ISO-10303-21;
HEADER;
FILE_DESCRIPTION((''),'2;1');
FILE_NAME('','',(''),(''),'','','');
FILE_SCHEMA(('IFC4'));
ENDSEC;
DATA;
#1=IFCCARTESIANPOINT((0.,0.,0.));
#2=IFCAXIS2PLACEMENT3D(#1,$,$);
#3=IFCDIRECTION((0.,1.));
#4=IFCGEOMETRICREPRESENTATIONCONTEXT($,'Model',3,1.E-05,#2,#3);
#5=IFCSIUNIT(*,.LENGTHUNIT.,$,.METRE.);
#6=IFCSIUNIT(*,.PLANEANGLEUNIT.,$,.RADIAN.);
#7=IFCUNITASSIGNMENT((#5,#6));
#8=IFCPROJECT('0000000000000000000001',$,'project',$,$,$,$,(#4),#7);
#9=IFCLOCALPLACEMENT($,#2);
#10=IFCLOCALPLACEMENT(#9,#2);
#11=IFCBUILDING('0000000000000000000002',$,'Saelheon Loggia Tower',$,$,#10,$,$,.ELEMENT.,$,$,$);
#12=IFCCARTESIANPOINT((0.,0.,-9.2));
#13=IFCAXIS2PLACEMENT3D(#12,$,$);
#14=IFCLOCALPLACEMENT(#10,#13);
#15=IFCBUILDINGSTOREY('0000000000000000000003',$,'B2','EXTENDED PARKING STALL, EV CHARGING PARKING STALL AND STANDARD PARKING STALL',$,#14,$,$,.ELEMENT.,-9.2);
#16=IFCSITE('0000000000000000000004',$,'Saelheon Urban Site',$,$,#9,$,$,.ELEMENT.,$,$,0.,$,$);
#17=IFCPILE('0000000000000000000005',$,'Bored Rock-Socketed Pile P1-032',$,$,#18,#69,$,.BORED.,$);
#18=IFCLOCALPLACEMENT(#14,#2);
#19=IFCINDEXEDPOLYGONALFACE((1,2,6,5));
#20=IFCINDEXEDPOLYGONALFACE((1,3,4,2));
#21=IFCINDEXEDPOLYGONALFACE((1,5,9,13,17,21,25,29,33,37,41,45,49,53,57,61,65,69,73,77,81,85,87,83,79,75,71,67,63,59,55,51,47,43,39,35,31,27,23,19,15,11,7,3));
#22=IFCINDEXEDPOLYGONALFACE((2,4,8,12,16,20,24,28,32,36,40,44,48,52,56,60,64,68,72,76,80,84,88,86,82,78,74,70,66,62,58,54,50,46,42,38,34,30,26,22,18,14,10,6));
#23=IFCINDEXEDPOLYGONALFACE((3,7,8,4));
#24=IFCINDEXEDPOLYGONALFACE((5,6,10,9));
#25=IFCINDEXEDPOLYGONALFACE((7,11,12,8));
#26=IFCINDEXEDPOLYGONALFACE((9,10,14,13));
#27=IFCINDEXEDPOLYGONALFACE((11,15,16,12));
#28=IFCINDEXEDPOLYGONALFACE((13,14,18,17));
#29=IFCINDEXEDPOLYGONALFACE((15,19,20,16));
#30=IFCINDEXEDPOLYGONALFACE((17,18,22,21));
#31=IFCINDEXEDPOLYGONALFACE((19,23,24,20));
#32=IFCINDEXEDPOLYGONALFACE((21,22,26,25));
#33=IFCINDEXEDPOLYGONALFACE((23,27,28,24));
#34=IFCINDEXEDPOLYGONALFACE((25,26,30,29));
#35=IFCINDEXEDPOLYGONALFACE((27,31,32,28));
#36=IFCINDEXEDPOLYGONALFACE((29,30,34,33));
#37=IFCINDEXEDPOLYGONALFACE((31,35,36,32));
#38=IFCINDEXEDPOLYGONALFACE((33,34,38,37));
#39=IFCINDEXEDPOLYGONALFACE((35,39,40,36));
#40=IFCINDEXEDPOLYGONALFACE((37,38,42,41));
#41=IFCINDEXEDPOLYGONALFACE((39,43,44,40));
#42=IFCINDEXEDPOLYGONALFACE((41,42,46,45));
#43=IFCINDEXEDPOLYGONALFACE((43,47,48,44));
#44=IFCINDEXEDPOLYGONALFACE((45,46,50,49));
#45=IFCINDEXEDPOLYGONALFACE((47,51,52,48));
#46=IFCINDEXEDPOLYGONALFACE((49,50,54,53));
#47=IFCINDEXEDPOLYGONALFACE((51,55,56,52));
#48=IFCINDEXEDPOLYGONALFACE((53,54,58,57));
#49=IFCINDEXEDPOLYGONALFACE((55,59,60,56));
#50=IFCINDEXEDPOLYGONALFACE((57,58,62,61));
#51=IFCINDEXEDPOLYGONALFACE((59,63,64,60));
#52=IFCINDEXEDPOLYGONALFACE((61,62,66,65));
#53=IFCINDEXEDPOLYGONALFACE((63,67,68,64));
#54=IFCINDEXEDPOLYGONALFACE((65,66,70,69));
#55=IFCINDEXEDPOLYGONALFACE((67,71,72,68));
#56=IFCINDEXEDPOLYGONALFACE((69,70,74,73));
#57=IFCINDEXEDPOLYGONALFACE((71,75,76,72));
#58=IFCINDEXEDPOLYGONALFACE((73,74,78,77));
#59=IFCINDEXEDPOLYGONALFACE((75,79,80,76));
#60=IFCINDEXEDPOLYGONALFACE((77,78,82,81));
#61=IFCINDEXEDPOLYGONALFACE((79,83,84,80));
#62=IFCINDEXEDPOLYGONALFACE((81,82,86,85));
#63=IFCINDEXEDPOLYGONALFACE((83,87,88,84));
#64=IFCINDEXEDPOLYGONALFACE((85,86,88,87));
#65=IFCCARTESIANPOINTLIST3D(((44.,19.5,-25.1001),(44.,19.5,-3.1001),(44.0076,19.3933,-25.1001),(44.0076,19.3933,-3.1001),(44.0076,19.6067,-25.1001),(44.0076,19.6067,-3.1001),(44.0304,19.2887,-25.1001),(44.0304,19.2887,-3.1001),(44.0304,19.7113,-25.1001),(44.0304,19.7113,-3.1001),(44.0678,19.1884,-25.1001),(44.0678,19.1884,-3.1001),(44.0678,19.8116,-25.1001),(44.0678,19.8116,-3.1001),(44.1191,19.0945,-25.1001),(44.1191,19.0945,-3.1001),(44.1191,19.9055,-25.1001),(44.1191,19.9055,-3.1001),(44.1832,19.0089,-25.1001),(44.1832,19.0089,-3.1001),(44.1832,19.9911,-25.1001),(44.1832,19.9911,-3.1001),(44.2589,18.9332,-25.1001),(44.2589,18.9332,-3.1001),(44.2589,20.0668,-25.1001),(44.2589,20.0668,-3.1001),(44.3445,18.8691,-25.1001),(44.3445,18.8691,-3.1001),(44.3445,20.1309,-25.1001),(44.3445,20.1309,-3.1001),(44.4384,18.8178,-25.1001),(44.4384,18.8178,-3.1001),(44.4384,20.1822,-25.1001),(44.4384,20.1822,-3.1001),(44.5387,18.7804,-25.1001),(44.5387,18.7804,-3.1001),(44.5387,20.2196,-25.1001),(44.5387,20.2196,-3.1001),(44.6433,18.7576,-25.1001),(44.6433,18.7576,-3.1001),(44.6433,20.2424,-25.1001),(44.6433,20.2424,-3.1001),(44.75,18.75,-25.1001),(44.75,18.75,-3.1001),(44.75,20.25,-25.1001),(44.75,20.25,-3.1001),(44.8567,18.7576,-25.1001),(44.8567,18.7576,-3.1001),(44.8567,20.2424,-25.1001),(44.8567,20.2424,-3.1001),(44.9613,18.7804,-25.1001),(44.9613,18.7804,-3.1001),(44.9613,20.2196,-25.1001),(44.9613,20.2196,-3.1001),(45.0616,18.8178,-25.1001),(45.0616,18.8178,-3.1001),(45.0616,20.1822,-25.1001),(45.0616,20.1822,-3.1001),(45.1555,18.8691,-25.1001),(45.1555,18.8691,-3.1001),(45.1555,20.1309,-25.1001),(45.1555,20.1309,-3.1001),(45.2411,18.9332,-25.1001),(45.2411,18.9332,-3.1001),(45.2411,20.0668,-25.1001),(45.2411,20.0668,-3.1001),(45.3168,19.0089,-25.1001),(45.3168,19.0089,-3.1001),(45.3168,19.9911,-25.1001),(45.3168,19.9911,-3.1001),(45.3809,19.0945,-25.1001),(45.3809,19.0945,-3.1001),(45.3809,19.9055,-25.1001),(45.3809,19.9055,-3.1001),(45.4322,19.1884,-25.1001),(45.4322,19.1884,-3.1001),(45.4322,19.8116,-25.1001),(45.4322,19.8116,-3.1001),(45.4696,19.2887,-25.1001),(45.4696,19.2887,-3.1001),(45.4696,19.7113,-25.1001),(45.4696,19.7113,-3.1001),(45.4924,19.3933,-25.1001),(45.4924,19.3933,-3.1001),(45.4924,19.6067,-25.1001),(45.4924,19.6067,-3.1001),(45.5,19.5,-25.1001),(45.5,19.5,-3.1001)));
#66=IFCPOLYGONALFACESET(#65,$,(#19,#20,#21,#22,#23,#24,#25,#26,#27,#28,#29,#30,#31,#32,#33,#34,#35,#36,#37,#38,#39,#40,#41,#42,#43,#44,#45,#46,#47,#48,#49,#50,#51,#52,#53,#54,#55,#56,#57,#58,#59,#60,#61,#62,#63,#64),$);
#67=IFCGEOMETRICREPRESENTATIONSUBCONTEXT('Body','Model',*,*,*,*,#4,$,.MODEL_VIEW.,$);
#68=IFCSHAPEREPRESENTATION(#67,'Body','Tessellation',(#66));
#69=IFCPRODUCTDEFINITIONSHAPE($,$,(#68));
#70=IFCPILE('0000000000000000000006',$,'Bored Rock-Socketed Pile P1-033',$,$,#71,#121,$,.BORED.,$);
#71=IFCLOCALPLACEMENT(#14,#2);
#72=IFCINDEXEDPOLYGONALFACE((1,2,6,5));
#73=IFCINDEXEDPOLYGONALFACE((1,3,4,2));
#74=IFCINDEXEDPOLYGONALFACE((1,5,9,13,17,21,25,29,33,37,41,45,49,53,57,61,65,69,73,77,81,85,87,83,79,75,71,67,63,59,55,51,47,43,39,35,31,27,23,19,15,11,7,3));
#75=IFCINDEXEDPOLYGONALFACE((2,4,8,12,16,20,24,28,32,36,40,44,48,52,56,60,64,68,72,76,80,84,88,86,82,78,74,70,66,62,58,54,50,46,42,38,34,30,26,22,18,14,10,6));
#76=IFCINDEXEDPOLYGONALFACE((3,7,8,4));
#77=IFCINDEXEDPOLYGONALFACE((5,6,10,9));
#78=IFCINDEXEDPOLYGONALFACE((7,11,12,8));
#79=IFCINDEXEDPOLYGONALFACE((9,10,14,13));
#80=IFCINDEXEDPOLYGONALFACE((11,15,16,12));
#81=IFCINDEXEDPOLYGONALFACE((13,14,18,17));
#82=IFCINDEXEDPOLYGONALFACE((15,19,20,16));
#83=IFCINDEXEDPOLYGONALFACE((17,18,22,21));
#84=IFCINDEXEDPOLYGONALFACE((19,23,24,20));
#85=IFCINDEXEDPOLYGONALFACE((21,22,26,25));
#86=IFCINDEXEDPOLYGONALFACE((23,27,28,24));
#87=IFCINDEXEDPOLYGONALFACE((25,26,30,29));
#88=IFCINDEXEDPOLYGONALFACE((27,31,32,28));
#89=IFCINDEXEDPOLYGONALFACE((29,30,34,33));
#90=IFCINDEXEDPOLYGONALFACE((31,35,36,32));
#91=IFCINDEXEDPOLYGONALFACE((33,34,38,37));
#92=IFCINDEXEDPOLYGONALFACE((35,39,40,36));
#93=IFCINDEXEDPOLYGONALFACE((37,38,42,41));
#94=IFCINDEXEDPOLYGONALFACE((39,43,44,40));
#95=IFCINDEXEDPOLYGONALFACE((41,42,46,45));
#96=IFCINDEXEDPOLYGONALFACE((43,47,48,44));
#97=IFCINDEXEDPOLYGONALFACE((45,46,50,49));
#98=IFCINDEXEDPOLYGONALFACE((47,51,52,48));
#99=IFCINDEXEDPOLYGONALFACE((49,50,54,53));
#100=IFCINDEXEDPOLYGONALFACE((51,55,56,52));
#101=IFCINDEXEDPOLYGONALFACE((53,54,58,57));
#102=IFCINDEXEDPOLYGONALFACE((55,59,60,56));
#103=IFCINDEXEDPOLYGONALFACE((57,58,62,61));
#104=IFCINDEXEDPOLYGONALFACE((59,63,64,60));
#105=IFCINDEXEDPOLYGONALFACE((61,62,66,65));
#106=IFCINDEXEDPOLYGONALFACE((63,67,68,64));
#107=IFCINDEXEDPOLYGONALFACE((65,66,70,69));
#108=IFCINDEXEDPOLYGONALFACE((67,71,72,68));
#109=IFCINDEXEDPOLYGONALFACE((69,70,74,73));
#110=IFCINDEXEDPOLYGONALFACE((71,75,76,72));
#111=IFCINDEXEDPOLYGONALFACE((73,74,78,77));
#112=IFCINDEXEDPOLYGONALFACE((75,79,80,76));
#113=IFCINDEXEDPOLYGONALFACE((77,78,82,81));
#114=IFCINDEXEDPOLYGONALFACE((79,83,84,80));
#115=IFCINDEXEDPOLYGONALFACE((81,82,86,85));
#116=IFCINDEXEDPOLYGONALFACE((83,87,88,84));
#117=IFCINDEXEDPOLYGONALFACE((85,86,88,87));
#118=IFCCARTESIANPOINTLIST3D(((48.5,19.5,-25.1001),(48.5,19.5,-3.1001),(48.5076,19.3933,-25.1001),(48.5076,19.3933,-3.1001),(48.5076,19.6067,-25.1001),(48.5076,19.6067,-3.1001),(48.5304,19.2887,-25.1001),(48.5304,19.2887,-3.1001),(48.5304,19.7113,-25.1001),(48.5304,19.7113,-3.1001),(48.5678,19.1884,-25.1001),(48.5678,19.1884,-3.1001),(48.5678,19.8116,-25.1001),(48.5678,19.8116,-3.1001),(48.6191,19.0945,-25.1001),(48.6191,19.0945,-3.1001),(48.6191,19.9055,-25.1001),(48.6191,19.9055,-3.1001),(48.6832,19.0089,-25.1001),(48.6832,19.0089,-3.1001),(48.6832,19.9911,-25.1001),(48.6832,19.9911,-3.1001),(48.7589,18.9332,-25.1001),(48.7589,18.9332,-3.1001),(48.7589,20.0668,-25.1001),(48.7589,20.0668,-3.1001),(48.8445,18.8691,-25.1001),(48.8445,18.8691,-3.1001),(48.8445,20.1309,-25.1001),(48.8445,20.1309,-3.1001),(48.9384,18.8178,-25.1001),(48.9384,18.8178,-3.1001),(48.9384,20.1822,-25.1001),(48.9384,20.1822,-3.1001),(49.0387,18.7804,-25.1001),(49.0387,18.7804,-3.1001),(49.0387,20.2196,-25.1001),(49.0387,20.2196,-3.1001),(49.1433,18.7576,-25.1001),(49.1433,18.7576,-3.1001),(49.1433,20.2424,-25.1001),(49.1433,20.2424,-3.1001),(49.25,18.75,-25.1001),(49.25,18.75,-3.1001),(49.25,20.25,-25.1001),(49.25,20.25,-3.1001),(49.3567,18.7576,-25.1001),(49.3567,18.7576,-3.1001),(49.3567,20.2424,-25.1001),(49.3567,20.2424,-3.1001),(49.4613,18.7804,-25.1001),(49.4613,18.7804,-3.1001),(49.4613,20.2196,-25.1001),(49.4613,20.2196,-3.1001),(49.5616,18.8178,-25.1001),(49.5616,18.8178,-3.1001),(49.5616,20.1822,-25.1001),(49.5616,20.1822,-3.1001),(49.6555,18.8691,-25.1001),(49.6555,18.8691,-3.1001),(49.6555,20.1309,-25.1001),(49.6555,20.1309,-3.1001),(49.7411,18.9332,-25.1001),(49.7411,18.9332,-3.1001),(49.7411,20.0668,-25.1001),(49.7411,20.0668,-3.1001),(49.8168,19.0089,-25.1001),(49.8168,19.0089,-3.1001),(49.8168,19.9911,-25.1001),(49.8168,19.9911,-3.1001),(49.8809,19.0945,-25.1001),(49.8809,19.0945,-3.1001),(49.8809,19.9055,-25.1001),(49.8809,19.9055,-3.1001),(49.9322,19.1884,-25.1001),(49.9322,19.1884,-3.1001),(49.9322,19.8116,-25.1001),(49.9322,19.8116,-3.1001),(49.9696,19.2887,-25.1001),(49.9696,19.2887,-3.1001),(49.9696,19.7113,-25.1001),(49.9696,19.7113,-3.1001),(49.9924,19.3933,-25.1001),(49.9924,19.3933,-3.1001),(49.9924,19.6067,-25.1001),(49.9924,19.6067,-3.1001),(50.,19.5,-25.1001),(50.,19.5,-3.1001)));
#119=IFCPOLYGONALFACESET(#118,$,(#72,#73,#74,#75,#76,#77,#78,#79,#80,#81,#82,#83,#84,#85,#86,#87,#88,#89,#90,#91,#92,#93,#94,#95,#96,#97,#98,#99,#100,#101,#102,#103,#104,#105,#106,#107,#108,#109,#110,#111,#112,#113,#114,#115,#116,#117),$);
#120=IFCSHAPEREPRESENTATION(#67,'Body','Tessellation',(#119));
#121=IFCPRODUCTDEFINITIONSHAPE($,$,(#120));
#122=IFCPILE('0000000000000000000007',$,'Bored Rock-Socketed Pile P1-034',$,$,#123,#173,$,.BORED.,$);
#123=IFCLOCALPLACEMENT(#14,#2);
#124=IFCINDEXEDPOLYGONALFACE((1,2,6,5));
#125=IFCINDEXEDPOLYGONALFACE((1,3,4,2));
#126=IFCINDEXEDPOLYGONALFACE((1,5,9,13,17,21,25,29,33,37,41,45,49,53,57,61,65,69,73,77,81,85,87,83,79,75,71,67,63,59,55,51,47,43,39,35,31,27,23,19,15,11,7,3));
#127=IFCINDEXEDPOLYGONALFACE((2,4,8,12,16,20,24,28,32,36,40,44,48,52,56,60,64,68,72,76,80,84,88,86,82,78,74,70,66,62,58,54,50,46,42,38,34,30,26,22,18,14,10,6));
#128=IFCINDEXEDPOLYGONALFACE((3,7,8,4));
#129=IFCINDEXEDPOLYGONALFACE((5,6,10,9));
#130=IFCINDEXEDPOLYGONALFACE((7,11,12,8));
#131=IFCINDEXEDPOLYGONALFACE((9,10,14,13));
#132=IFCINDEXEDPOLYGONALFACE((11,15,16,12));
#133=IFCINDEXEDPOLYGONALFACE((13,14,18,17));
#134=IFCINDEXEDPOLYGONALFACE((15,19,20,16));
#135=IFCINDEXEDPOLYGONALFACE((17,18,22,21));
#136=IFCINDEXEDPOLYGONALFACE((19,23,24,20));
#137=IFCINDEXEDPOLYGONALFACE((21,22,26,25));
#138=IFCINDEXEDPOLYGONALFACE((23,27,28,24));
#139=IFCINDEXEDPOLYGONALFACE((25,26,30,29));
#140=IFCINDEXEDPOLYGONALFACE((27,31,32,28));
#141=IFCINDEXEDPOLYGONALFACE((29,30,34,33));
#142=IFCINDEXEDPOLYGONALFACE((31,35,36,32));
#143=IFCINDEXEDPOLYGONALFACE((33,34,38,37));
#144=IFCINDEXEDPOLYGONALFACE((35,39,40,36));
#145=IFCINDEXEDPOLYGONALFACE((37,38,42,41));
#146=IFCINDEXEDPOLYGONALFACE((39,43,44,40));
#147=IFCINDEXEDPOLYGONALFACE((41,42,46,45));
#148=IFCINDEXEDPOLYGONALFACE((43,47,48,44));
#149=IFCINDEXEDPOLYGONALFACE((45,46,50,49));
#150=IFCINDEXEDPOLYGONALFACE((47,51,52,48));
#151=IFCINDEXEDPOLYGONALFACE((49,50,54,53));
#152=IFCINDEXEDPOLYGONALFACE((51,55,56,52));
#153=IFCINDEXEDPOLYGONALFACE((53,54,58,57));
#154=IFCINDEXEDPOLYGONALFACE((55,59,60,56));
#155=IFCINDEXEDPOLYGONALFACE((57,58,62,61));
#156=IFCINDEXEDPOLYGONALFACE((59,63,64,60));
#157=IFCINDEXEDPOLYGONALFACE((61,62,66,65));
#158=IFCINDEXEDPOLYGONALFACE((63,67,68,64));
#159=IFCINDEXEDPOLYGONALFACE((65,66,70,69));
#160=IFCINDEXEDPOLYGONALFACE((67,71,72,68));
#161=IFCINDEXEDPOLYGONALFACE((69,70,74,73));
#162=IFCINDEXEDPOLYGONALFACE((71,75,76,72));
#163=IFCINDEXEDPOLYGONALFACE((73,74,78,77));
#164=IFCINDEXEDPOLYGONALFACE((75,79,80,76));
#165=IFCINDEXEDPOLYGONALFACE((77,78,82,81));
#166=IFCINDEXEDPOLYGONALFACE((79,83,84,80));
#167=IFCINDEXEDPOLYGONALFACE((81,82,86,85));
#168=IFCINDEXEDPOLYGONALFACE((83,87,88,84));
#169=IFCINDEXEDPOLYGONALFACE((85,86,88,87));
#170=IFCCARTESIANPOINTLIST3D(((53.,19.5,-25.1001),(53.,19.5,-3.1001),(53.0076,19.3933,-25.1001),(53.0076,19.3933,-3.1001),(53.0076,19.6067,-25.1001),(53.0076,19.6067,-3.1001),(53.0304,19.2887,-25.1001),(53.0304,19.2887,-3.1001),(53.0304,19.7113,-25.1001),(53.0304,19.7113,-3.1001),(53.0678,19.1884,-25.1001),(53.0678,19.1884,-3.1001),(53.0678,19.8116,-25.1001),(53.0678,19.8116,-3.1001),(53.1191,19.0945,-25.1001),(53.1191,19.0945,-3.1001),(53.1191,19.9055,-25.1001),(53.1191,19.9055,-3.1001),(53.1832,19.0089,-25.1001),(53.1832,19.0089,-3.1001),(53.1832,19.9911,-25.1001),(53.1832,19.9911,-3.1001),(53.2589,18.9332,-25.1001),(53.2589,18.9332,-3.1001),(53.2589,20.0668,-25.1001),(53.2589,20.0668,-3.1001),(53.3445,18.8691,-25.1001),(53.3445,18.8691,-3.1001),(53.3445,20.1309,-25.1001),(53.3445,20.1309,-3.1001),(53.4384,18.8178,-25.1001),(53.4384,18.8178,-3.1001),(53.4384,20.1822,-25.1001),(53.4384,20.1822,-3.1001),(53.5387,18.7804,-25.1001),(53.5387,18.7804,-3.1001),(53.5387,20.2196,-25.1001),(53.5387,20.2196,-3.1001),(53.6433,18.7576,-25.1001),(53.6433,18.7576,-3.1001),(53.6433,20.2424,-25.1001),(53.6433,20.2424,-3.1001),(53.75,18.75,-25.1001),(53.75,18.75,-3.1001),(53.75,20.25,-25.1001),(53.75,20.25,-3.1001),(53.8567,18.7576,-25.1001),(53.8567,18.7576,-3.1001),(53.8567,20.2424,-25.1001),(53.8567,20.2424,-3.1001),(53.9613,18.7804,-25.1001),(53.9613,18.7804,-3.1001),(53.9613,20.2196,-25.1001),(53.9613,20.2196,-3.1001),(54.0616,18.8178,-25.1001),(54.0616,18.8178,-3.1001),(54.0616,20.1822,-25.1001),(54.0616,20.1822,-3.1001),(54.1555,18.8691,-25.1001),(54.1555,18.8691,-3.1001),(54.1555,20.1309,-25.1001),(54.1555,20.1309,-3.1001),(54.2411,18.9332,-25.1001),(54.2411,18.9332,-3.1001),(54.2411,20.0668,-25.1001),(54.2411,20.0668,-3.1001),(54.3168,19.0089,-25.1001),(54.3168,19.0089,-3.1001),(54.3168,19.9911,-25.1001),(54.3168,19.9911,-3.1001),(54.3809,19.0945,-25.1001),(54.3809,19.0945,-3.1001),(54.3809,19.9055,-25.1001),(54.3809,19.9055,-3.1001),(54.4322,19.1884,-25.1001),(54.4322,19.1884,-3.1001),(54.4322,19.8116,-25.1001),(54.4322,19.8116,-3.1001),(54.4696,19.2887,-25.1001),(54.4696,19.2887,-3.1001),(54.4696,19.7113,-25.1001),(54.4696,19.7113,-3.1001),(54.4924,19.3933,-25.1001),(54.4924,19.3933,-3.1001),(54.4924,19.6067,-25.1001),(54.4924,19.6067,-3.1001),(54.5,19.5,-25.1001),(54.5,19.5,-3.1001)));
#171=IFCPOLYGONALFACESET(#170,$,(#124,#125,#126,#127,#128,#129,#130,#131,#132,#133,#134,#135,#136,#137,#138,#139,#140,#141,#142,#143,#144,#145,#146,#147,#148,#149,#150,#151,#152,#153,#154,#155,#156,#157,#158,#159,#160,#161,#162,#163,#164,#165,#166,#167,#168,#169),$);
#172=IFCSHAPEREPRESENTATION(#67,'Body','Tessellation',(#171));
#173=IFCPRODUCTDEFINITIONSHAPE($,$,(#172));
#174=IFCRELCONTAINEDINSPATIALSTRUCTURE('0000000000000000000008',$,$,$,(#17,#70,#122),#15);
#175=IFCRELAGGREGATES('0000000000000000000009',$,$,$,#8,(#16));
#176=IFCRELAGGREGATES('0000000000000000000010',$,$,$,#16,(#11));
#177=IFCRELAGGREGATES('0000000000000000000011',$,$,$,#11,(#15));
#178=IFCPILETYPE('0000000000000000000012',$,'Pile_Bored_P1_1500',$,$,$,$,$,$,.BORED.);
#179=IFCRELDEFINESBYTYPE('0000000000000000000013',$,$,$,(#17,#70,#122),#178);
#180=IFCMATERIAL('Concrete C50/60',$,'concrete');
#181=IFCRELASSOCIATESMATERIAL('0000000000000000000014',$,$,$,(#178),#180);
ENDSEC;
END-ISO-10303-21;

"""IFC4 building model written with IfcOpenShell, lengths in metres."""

from ifc_helpers import new_model, si_unit, direction, frame, origin, origin_2d, place, context, subcontext, project, spatial, circle, extrude, source, transform, mapped, material, material_profile, profile_set, type_object, element, save


model = new_model("IFC4")

# Units and contexts
model_context = context("Model", 3, precision=1e-05, world=origin(), true_north=direction((0.0, 1.0)))
body_context = subcontext(model_context, "Body", "Model", "MODEL_VIEW")
ifc_project = project(units=[si_unit("LENGTHUNIT", "METRE"), si_unit("PLANEANGLEUNIT", "RADIAN")], contexts=[model_context])

# Site, building, storey
site_placement = place(None, origin())
site = spatial("IfcSite", under=ifc_project, at=site_placement, Name="Saelheon Urban Site", CompositionType="ELEMENT", RefElevation=0.0)
building_placement = place(site_placement, origin())
building = spatial("IfcBuilding", under=site, at=building_placement, Name="Saelheon Loggia Tower", CompositionType="ELEMENT")
storey_placement = place(building_placement, frame((0.0, 0.0, -9.2)))
storey = spatial("IfcBuildingStorey", under=building, at=storey_placement, Name="B2", Description="EXTENDED PARKING STALL, EV CHARGING PARKING STALL AND STANDARD PARKING STALL", CompositionType="ELEMENT", Elevation=-9.2)

# Piles
ifc_material_1 = material(Name="Concrete C50/60", Category="concrete")
ifc_material_profile_1 = material_profile(ifc_material_1, circle(Radius=0.75, at=origin_2d()), Name="CIRC-1500")
ifc_profile_set_1 = profile_set([ifc_material_profile_1], Name="Concrete C50/60")
pile_type = type_object("IfcPileType", Name="Pile_Bored_P1_1500", PredefinedType="BORED", material=ifc_profile_set_1)
shared_shape_1 = source(origin(), body_context, "Body", "SweptSolid", [
    extrude(circle(Radius=0.75, at=origin_2d()), origin(), (0.0, 0.0, 1.0), 22.0),
])
for number, where, z_axis, x_axis, name in (
    (1, (44.75, 19.5, -3.1001), (0.0, 0.0, -1.0), (1.0, 0.0, 0.0), "Bored Rock-Socketed Pile P1-032"),
    (2, (49.25, 19.5, -3.1001), (0.0, 0.0, -1.0), (1.0, 0.0, 0.0), "Bored Rock-Socketed Pile P1-033"),
    (3, (53.75, 19.5, -3.1001), (0.0, 0.0, -1.0), (1.0, 0.0, 0.0), "Bored Rock-Socketed Pile P1-034"),
):
    element("IfcPile", number, at=place(storey_placement, frame(where, z_axis=z_axis, x_axis=x_axis)), inside=storey, type_object=pile_type, Name=name, PredefinedType="BORED", context=body_context, shape_type="MappedRepresentation", body=[
        mapped(shared_shape_1, transform((0.0, 0.0, 0.0), scale=1.0)),
    ])

save(model, "model.ifc")
